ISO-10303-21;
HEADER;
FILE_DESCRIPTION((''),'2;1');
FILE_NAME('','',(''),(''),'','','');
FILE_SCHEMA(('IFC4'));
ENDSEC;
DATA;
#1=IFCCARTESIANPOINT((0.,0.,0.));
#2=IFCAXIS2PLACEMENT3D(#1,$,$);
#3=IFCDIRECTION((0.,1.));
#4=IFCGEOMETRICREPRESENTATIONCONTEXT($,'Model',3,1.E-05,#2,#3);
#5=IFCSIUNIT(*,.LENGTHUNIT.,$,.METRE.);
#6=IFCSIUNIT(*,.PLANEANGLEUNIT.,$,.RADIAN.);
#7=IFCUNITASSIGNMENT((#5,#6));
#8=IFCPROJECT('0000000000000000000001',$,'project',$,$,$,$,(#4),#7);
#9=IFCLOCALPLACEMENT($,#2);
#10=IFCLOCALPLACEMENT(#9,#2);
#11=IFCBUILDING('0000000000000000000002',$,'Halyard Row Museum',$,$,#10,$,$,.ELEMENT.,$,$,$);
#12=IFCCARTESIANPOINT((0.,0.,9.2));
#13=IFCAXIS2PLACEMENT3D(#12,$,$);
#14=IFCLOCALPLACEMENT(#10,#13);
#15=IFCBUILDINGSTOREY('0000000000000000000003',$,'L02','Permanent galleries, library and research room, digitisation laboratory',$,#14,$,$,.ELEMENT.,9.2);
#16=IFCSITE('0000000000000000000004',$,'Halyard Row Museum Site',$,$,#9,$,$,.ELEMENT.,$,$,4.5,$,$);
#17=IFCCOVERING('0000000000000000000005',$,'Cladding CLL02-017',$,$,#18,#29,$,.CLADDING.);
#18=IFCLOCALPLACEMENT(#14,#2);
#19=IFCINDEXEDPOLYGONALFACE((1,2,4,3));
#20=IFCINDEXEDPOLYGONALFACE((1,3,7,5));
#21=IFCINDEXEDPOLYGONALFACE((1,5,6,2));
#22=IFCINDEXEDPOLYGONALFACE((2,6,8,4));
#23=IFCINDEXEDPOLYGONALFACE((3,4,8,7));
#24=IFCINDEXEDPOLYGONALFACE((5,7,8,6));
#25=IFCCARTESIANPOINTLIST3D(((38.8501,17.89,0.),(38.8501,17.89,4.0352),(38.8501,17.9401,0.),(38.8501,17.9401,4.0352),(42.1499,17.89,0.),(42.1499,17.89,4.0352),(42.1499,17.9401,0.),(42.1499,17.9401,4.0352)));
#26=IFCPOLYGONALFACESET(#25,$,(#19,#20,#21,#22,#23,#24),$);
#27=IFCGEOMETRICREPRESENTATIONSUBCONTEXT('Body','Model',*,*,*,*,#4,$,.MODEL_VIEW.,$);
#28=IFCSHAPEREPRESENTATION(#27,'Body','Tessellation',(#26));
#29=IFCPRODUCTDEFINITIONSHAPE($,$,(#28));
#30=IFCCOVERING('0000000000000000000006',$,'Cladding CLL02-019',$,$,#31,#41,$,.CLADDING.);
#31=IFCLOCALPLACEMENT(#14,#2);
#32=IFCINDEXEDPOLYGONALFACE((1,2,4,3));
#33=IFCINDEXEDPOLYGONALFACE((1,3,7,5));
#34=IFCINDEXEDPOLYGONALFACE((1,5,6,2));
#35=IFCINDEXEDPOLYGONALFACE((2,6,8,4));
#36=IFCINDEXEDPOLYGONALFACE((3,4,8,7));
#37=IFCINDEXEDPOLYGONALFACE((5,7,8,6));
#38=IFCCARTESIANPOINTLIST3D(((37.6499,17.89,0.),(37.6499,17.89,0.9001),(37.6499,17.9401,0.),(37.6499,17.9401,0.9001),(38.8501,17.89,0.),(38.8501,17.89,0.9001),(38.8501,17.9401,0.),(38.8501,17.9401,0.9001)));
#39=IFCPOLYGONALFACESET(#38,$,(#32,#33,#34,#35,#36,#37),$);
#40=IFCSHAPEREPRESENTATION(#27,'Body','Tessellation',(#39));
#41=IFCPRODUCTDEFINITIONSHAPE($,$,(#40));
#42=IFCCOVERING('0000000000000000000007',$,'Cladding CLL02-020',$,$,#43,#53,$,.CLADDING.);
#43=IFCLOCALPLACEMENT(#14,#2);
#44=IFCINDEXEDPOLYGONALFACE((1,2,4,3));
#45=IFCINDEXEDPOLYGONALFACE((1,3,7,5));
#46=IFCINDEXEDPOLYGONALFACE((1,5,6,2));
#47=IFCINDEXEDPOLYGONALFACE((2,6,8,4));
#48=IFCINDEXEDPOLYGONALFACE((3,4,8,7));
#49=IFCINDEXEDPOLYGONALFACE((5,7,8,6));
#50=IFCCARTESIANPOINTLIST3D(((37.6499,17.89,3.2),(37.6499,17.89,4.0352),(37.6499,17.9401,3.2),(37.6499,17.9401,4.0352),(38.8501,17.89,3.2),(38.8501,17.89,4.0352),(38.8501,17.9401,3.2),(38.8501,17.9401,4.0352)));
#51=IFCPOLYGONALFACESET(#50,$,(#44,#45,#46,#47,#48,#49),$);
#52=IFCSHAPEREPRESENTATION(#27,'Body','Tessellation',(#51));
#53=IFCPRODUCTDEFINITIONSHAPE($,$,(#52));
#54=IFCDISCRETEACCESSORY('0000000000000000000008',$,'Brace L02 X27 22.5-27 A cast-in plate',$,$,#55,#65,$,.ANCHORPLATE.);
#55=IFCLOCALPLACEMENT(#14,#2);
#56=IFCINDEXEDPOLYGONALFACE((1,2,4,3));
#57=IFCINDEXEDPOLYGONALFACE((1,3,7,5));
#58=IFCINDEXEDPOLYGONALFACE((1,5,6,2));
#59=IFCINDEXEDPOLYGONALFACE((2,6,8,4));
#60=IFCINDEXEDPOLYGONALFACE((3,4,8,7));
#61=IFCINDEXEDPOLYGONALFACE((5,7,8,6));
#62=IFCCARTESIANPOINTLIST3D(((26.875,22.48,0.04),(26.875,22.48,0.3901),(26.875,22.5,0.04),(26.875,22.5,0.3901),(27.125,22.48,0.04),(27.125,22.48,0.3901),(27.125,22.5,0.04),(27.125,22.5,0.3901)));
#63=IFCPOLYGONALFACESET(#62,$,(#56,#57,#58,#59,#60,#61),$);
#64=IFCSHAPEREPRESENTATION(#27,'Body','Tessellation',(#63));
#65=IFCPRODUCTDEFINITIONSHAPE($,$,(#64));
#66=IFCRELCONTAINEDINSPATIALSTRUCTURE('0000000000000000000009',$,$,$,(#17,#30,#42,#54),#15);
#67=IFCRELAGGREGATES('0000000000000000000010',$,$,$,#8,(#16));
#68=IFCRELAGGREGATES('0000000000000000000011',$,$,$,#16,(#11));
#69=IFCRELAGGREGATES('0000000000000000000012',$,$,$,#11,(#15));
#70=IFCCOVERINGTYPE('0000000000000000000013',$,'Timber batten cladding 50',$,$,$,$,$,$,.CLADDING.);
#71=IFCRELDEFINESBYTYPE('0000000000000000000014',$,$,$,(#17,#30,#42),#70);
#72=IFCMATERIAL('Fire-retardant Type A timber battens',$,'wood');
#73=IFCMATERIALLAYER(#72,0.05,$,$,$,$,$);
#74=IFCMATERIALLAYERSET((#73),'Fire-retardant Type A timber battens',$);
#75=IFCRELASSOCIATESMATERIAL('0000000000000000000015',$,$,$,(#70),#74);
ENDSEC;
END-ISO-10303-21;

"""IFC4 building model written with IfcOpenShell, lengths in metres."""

from ifc_helpers import new_model, si_unit, direction, frame, frame_2d, origin, origin_2d, place, context, subcontext, project, spatial, rectangle, extrude, material, layer, layer_set, type_object, element, save


model = new_model("IFC4")

# Units and contexts
model_context = context("Model", 3, precision=1e-05, world=origin(), true_north=direction((0.0, 1.0)))
body_context = subcontext(model_context, "Body", "Model", "MODEL_VIEW")
ifc_project = project(units=[si_unit("LENGTHUNIT", "METRE"), si_unit("PLANEANGLEUNIT", "RADIAN")], contexts=[model_context])

# Site, building, storey
site_placement = place(None, origin())
site = spatial("IfcSite", under=ifc_project, at=site_placement, Name="Halyard Row Museum Site", CompositionType="ELEMENT", RefElevation=4.5)
building_placement = place(site_placement, origin())
building = spatial("IfcBuilding", under=site, at=building_placement, Name="Halyard Row Museum", CompositionType="ELEMENT")
storey_placement = place(building_placement, frame((0.0, 0.0, 9.2)))
storey = spatial("IfcBuildingStorey", under=building, at=storey_placement, Name="L02", Description="Permanent galleries, library and research room, digitisation laboratory", CompositionType="ELEMENT", Elevation=9.2)

# Coverings
ifc_material_1 = material(Name="Fire-retardant Type A timber battens", Category="wood")
ifc_layer_1 = layer(ifc_material_1, 0.05)
ifc_layer_set_1 = layer_set([ifc_layer_1], Name="Fire-retardant Type A timber battens")
covering_type = type_object("IfcCoveringType", Name="Timber batten cladding 50", PredefinedType="CLADDING", material=ifc_layer_set_1)
covering_1_placement = place(storey_placement, frame((38.8501, 17.915, 0.0), z_axis=(0.0, 0.0, 1.0), x_axis=(1.0, 0.0, 0.0)))
element("IfcCovering", 1, at=covering_1_placement, inside=storey, type_object=covering_type, Name="Cladding CLL02-017", PredefinedType="CLADDING", context=body_context, shape_type="SweptSolid", body=[
    extrude(rectangle(XDim=3.2998, YDim=0.05, at=frame_2d((1.6499, 0.0))), origin(), (0.0, 0.0, 1.0), 4.0352),
])
covering_2_placement = place(storey_placement, frame((37.6499, 17.915, 0.0), z_axis=(0.0, 0.0, 1.0), x_axis=(1.0, 0.0, 0.0)))
element("IfcCovering", 2, at=covering_2_placement, inside=storey, type_object=covering_type, Name="Cladding CLL02-019", PredefinedType="CLADDING", context=body_context, shape_type="SweptSolid", body=[
    extrude(rectangle(XDim=1.2002, YDim=0.05, at=frame_2d((0.6001, 0.0))), origin(), (0.0, 0.0, 1.0), 0.9001),
])
covering_3_placement = place(storey_placement, frame((37.6499, 17.915, 3.2), z_axis=(0.0, 0.0, 1.0), x_axis=(1.0, 0.0, 0.0)))
element("IfcCovering", 3, at=covering_3_placement, inside=storey, type_object=covering_type, Name="Cladding CLL02-020", PredefinedType="CLADDING", context=body_context, shape_type="SweptSolid", body=[
    extrude(rectangle(XDim=1.2002, YDim=0.05, at=frame_2d((0.6001, 0.0))), origin(), (0.0, 0.0, 1.0), 0.8352),
])

# Discrete accessory
discrete_accessory_placement = place(storey_placement, frame((27.0, 22.5, 0.2151), z_axis=(0.0, -1.0, 0.0), x_axis=(1.0, 0.0, 0.0)))
element("IfcDiscreteAccessory", 4, at=discrete_accessory_placement, inside=storey, Name="Brace L02 X27 22.5-27 A cast-in plate", PredefinedType="ANCHORPLATE", context=body_context, shape_type="SweptSolid", body=[
    extrude(rectangle(XDim=0.25, YDim=0.3501, at=origin_2d()), origin(), (0.0, 0.0, 1.0), 0.02),
])

save(model, "model.ifc")
